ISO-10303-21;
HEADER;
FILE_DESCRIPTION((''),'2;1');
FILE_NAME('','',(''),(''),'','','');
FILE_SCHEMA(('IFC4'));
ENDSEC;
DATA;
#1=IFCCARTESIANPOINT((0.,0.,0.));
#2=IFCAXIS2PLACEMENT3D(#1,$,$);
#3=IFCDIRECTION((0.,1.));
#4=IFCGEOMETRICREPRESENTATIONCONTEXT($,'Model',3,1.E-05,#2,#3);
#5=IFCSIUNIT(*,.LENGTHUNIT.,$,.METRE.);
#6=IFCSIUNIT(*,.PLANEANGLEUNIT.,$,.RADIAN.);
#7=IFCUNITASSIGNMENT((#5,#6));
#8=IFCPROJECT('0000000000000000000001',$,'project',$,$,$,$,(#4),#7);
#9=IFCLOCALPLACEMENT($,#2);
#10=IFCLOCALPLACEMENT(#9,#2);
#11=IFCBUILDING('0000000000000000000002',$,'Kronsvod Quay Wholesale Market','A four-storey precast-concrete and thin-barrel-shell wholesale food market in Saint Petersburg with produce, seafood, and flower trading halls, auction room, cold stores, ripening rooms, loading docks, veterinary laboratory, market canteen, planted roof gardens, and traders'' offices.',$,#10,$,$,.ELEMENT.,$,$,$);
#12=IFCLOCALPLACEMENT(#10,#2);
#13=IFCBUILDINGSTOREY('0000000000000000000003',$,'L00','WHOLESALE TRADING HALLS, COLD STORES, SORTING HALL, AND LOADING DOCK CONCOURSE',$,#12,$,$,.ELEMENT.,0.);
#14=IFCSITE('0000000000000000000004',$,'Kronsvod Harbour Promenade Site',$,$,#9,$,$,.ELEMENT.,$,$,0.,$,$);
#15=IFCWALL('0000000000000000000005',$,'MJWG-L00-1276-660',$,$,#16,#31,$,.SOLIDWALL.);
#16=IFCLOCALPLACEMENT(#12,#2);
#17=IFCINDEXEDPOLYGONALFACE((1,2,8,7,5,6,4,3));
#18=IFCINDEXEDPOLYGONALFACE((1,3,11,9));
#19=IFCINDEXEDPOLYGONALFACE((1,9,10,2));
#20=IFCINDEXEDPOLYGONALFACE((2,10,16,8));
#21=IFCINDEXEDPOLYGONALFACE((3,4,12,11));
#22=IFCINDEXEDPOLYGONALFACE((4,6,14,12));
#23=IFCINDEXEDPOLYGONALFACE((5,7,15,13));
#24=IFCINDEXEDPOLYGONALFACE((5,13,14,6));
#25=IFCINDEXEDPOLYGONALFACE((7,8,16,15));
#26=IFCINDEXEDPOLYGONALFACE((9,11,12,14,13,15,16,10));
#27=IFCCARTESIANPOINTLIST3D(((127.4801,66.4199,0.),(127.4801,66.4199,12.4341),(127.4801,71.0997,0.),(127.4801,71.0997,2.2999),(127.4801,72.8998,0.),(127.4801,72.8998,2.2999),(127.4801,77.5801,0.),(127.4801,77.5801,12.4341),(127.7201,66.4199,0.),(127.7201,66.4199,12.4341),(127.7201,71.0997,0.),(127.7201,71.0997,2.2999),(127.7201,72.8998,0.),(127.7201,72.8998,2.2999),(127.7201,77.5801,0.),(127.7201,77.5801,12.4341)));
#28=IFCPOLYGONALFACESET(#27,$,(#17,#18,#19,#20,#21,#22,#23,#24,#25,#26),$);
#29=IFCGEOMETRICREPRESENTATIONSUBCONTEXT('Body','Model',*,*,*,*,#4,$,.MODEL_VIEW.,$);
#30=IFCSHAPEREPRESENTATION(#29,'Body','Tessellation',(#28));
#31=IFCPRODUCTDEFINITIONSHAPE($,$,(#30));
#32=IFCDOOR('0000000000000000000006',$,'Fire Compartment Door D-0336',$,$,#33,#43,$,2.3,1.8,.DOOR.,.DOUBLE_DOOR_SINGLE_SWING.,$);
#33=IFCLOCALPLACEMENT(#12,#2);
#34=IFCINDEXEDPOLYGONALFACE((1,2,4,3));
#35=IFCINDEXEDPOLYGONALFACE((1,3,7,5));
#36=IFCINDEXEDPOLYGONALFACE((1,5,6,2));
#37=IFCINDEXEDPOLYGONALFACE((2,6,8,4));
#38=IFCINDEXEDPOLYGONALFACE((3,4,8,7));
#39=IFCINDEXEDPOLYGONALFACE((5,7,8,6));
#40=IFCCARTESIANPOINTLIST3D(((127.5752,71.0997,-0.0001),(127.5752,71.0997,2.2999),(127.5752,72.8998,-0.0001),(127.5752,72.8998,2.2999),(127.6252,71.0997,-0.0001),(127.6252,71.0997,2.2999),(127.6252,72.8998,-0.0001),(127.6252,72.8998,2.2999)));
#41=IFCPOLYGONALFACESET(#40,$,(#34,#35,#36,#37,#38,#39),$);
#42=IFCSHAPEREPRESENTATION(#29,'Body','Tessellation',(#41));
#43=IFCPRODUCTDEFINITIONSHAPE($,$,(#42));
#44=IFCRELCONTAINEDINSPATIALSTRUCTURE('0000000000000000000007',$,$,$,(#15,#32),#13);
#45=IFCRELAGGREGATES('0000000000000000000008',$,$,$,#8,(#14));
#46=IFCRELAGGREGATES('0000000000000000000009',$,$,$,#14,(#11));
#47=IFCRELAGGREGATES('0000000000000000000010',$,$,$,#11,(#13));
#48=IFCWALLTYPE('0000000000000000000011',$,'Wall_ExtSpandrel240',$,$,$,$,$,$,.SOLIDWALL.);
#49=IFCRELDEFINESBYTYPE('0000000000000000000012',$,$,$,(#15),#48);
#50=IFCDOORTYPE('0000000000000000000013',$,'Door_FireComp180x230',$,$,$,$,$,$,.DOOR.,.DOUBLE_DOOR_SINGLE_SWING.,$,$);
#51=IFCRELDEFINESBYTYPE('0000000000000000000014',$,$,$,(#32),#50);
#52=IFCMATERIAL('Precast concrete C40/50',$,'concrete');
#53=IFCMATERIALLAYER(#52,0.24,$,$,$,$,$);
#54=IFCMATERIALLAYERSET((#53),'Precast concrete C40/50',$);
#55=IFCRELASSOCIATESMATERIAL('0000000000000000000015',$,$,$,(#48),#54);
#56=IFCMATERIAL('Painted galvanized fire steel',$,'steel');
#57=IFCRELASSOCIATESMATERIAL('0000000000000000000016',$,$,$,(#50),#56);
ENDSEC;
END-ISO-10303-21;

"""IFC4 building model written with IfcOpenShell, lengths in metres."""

from ifc_helpers import new_model, si_unit, direction, frame, frame_2d, origin, place, context, subcontext, project, spatial, rectangle, extrude, material, layer, layer_set, type_object, element, fill, save


model = new_model("IFC4")

# Units and contexts
model_context = context("Model", 3, precision=1e-05, world=origin(), true_north=direction((0.0, 1.0)))
body_context = subcontext(model_context, "Body", "Model", "MODEL_VIEW")
ifc_project = project(units=[si_unit("LENGTHUNIT", "METRE"), si_unit("PLANEANGLEUNIT", "RADIAN")], contexts=[model_context])

# Site, building, storey
site_placement = place(None, origin())
site = spatial("IfcSite", under=ifc_project, at=site_placement, Name="Kronsvod Harbour Promenade Site", CompositionType="ELEMENT", RefElevation=0.0)
building_placement = place(site_placement, origin())
building = spatial("IfcBuilding", under=site, at=building_placement, Name="Kronsvod Quay Wholesale Market", Description="A four-storey precast-concrete and thin-barrel-shell wholesale food market in Saint Petersburg with produce, seafood, and flower trading halls, auction room, cold stores, ripening rooms, loading docks, veterinary laboratory, market canteen, planted roof gardens, and traders' offices.", CompositionType="ELEMENT")
storey_placement = place(building_placement, origin())
storey = spatial("IfcBuildingStorey", under=building, at=storey_placement, Name="L00", Description="WHOLESALE TRADING HALLS, COLD STORES, SORTING HALL, AND LOADING DOCK CONCOURSE", CompositionType="ELEMENT", Elevation=0.0)

# Wall, opening, door
ifc_material_1 = material(Name="Precast concrete C40/50", Category="concrete")
ifc_layer_1 = layer(ifc_material_1, 0.24)
ifc_layer_set_1 = layer_set([ifc_layer_1], Name="Precast concrete C40/50")
wall_type_1 = type_object("IfcWallType", Name="Wall_ExtSpandrel240", PredefinedType="SOLIDWALL", material=ifc_layer_set_1)
wall_1_placement = place(storey_placement, frame((127.6001, 66.4199, 0.0), z_axis=(0.0, 0.0, 1.0), x_axis=(0.0, 1.0, 0.0)))
wall_1 = element("IfcWall", 1, at=wall_1_placement, inside=storey, type_object=wall_type_1, Name="MJWG-L00-1276-660", PredefinedType="SOLIDWALL", context=body_context, shape_type="SweptSolid", body=[
    extrude(rectangle(XDim=11.1602, YDim=0.24, at=frame_2d((5.5801, 0.0))), origin(), (0.0, 0.0, 1.0), 12.4341),
])
opening_1_placement = place(wall_1_placement, frame((4.6799, 0.0, 0.0)))
opening_1 = element("IfcOpeningElement", 2, at=opening_1_placement, cuts=wall_1, PredefinedType="OPENING", context=body_context, shape_type="SweptSolid", body=[
    extrude(rectangle(XDim=1.8, YDim=2.3, at=frame_2d((0.8999, 1.1499))), frame((0.0, 0.1299, 0.0), z_axis=(0.0, -1.0, 0.0), x_axis=(1.0, 0.0, 0.0)), (0.0, 0.0, 1.0), 0.26),
])
ifc_material_2 = material(Name="Painted galvanized fire steel", Category="steel")
door_type_1 = type_object("IfcDoorType", Name="Door_FireComp180x230", OperationType="DOUBLE_DOOR_SINGLE_SWING", PredefinedType="DOOR", material=ifc_material_2)
door_1_placement = place(opening_1_placement, origin())
door_1 = element("IfcDoor", 3, at=door_1_placement, inside=storey, type_object=door_type_1, Name="Fire Compartment Door D-0336", OperationType="DOUBLE_DOOR_SINGLE_SWING", OverallHeight=2.3, OverallWidth=1.8, PredefinedType="DOOR", context=body_context, shape_type="SweptSolid", body=[
    extrude(rectangle(XDim=1.8, YDim=2.3, at=frame_2d((0.8999, 1.1499))), frame((0.0, 0.0249, 0.0), z_axis=(0.0, -1.0, 0.0), x_axis=(1.0, 0.0, 0.0)), (0.0, 0.0, 1.0), 0.05),
])
fill(opening_1, door_1)

save(model, "model.ifc")
